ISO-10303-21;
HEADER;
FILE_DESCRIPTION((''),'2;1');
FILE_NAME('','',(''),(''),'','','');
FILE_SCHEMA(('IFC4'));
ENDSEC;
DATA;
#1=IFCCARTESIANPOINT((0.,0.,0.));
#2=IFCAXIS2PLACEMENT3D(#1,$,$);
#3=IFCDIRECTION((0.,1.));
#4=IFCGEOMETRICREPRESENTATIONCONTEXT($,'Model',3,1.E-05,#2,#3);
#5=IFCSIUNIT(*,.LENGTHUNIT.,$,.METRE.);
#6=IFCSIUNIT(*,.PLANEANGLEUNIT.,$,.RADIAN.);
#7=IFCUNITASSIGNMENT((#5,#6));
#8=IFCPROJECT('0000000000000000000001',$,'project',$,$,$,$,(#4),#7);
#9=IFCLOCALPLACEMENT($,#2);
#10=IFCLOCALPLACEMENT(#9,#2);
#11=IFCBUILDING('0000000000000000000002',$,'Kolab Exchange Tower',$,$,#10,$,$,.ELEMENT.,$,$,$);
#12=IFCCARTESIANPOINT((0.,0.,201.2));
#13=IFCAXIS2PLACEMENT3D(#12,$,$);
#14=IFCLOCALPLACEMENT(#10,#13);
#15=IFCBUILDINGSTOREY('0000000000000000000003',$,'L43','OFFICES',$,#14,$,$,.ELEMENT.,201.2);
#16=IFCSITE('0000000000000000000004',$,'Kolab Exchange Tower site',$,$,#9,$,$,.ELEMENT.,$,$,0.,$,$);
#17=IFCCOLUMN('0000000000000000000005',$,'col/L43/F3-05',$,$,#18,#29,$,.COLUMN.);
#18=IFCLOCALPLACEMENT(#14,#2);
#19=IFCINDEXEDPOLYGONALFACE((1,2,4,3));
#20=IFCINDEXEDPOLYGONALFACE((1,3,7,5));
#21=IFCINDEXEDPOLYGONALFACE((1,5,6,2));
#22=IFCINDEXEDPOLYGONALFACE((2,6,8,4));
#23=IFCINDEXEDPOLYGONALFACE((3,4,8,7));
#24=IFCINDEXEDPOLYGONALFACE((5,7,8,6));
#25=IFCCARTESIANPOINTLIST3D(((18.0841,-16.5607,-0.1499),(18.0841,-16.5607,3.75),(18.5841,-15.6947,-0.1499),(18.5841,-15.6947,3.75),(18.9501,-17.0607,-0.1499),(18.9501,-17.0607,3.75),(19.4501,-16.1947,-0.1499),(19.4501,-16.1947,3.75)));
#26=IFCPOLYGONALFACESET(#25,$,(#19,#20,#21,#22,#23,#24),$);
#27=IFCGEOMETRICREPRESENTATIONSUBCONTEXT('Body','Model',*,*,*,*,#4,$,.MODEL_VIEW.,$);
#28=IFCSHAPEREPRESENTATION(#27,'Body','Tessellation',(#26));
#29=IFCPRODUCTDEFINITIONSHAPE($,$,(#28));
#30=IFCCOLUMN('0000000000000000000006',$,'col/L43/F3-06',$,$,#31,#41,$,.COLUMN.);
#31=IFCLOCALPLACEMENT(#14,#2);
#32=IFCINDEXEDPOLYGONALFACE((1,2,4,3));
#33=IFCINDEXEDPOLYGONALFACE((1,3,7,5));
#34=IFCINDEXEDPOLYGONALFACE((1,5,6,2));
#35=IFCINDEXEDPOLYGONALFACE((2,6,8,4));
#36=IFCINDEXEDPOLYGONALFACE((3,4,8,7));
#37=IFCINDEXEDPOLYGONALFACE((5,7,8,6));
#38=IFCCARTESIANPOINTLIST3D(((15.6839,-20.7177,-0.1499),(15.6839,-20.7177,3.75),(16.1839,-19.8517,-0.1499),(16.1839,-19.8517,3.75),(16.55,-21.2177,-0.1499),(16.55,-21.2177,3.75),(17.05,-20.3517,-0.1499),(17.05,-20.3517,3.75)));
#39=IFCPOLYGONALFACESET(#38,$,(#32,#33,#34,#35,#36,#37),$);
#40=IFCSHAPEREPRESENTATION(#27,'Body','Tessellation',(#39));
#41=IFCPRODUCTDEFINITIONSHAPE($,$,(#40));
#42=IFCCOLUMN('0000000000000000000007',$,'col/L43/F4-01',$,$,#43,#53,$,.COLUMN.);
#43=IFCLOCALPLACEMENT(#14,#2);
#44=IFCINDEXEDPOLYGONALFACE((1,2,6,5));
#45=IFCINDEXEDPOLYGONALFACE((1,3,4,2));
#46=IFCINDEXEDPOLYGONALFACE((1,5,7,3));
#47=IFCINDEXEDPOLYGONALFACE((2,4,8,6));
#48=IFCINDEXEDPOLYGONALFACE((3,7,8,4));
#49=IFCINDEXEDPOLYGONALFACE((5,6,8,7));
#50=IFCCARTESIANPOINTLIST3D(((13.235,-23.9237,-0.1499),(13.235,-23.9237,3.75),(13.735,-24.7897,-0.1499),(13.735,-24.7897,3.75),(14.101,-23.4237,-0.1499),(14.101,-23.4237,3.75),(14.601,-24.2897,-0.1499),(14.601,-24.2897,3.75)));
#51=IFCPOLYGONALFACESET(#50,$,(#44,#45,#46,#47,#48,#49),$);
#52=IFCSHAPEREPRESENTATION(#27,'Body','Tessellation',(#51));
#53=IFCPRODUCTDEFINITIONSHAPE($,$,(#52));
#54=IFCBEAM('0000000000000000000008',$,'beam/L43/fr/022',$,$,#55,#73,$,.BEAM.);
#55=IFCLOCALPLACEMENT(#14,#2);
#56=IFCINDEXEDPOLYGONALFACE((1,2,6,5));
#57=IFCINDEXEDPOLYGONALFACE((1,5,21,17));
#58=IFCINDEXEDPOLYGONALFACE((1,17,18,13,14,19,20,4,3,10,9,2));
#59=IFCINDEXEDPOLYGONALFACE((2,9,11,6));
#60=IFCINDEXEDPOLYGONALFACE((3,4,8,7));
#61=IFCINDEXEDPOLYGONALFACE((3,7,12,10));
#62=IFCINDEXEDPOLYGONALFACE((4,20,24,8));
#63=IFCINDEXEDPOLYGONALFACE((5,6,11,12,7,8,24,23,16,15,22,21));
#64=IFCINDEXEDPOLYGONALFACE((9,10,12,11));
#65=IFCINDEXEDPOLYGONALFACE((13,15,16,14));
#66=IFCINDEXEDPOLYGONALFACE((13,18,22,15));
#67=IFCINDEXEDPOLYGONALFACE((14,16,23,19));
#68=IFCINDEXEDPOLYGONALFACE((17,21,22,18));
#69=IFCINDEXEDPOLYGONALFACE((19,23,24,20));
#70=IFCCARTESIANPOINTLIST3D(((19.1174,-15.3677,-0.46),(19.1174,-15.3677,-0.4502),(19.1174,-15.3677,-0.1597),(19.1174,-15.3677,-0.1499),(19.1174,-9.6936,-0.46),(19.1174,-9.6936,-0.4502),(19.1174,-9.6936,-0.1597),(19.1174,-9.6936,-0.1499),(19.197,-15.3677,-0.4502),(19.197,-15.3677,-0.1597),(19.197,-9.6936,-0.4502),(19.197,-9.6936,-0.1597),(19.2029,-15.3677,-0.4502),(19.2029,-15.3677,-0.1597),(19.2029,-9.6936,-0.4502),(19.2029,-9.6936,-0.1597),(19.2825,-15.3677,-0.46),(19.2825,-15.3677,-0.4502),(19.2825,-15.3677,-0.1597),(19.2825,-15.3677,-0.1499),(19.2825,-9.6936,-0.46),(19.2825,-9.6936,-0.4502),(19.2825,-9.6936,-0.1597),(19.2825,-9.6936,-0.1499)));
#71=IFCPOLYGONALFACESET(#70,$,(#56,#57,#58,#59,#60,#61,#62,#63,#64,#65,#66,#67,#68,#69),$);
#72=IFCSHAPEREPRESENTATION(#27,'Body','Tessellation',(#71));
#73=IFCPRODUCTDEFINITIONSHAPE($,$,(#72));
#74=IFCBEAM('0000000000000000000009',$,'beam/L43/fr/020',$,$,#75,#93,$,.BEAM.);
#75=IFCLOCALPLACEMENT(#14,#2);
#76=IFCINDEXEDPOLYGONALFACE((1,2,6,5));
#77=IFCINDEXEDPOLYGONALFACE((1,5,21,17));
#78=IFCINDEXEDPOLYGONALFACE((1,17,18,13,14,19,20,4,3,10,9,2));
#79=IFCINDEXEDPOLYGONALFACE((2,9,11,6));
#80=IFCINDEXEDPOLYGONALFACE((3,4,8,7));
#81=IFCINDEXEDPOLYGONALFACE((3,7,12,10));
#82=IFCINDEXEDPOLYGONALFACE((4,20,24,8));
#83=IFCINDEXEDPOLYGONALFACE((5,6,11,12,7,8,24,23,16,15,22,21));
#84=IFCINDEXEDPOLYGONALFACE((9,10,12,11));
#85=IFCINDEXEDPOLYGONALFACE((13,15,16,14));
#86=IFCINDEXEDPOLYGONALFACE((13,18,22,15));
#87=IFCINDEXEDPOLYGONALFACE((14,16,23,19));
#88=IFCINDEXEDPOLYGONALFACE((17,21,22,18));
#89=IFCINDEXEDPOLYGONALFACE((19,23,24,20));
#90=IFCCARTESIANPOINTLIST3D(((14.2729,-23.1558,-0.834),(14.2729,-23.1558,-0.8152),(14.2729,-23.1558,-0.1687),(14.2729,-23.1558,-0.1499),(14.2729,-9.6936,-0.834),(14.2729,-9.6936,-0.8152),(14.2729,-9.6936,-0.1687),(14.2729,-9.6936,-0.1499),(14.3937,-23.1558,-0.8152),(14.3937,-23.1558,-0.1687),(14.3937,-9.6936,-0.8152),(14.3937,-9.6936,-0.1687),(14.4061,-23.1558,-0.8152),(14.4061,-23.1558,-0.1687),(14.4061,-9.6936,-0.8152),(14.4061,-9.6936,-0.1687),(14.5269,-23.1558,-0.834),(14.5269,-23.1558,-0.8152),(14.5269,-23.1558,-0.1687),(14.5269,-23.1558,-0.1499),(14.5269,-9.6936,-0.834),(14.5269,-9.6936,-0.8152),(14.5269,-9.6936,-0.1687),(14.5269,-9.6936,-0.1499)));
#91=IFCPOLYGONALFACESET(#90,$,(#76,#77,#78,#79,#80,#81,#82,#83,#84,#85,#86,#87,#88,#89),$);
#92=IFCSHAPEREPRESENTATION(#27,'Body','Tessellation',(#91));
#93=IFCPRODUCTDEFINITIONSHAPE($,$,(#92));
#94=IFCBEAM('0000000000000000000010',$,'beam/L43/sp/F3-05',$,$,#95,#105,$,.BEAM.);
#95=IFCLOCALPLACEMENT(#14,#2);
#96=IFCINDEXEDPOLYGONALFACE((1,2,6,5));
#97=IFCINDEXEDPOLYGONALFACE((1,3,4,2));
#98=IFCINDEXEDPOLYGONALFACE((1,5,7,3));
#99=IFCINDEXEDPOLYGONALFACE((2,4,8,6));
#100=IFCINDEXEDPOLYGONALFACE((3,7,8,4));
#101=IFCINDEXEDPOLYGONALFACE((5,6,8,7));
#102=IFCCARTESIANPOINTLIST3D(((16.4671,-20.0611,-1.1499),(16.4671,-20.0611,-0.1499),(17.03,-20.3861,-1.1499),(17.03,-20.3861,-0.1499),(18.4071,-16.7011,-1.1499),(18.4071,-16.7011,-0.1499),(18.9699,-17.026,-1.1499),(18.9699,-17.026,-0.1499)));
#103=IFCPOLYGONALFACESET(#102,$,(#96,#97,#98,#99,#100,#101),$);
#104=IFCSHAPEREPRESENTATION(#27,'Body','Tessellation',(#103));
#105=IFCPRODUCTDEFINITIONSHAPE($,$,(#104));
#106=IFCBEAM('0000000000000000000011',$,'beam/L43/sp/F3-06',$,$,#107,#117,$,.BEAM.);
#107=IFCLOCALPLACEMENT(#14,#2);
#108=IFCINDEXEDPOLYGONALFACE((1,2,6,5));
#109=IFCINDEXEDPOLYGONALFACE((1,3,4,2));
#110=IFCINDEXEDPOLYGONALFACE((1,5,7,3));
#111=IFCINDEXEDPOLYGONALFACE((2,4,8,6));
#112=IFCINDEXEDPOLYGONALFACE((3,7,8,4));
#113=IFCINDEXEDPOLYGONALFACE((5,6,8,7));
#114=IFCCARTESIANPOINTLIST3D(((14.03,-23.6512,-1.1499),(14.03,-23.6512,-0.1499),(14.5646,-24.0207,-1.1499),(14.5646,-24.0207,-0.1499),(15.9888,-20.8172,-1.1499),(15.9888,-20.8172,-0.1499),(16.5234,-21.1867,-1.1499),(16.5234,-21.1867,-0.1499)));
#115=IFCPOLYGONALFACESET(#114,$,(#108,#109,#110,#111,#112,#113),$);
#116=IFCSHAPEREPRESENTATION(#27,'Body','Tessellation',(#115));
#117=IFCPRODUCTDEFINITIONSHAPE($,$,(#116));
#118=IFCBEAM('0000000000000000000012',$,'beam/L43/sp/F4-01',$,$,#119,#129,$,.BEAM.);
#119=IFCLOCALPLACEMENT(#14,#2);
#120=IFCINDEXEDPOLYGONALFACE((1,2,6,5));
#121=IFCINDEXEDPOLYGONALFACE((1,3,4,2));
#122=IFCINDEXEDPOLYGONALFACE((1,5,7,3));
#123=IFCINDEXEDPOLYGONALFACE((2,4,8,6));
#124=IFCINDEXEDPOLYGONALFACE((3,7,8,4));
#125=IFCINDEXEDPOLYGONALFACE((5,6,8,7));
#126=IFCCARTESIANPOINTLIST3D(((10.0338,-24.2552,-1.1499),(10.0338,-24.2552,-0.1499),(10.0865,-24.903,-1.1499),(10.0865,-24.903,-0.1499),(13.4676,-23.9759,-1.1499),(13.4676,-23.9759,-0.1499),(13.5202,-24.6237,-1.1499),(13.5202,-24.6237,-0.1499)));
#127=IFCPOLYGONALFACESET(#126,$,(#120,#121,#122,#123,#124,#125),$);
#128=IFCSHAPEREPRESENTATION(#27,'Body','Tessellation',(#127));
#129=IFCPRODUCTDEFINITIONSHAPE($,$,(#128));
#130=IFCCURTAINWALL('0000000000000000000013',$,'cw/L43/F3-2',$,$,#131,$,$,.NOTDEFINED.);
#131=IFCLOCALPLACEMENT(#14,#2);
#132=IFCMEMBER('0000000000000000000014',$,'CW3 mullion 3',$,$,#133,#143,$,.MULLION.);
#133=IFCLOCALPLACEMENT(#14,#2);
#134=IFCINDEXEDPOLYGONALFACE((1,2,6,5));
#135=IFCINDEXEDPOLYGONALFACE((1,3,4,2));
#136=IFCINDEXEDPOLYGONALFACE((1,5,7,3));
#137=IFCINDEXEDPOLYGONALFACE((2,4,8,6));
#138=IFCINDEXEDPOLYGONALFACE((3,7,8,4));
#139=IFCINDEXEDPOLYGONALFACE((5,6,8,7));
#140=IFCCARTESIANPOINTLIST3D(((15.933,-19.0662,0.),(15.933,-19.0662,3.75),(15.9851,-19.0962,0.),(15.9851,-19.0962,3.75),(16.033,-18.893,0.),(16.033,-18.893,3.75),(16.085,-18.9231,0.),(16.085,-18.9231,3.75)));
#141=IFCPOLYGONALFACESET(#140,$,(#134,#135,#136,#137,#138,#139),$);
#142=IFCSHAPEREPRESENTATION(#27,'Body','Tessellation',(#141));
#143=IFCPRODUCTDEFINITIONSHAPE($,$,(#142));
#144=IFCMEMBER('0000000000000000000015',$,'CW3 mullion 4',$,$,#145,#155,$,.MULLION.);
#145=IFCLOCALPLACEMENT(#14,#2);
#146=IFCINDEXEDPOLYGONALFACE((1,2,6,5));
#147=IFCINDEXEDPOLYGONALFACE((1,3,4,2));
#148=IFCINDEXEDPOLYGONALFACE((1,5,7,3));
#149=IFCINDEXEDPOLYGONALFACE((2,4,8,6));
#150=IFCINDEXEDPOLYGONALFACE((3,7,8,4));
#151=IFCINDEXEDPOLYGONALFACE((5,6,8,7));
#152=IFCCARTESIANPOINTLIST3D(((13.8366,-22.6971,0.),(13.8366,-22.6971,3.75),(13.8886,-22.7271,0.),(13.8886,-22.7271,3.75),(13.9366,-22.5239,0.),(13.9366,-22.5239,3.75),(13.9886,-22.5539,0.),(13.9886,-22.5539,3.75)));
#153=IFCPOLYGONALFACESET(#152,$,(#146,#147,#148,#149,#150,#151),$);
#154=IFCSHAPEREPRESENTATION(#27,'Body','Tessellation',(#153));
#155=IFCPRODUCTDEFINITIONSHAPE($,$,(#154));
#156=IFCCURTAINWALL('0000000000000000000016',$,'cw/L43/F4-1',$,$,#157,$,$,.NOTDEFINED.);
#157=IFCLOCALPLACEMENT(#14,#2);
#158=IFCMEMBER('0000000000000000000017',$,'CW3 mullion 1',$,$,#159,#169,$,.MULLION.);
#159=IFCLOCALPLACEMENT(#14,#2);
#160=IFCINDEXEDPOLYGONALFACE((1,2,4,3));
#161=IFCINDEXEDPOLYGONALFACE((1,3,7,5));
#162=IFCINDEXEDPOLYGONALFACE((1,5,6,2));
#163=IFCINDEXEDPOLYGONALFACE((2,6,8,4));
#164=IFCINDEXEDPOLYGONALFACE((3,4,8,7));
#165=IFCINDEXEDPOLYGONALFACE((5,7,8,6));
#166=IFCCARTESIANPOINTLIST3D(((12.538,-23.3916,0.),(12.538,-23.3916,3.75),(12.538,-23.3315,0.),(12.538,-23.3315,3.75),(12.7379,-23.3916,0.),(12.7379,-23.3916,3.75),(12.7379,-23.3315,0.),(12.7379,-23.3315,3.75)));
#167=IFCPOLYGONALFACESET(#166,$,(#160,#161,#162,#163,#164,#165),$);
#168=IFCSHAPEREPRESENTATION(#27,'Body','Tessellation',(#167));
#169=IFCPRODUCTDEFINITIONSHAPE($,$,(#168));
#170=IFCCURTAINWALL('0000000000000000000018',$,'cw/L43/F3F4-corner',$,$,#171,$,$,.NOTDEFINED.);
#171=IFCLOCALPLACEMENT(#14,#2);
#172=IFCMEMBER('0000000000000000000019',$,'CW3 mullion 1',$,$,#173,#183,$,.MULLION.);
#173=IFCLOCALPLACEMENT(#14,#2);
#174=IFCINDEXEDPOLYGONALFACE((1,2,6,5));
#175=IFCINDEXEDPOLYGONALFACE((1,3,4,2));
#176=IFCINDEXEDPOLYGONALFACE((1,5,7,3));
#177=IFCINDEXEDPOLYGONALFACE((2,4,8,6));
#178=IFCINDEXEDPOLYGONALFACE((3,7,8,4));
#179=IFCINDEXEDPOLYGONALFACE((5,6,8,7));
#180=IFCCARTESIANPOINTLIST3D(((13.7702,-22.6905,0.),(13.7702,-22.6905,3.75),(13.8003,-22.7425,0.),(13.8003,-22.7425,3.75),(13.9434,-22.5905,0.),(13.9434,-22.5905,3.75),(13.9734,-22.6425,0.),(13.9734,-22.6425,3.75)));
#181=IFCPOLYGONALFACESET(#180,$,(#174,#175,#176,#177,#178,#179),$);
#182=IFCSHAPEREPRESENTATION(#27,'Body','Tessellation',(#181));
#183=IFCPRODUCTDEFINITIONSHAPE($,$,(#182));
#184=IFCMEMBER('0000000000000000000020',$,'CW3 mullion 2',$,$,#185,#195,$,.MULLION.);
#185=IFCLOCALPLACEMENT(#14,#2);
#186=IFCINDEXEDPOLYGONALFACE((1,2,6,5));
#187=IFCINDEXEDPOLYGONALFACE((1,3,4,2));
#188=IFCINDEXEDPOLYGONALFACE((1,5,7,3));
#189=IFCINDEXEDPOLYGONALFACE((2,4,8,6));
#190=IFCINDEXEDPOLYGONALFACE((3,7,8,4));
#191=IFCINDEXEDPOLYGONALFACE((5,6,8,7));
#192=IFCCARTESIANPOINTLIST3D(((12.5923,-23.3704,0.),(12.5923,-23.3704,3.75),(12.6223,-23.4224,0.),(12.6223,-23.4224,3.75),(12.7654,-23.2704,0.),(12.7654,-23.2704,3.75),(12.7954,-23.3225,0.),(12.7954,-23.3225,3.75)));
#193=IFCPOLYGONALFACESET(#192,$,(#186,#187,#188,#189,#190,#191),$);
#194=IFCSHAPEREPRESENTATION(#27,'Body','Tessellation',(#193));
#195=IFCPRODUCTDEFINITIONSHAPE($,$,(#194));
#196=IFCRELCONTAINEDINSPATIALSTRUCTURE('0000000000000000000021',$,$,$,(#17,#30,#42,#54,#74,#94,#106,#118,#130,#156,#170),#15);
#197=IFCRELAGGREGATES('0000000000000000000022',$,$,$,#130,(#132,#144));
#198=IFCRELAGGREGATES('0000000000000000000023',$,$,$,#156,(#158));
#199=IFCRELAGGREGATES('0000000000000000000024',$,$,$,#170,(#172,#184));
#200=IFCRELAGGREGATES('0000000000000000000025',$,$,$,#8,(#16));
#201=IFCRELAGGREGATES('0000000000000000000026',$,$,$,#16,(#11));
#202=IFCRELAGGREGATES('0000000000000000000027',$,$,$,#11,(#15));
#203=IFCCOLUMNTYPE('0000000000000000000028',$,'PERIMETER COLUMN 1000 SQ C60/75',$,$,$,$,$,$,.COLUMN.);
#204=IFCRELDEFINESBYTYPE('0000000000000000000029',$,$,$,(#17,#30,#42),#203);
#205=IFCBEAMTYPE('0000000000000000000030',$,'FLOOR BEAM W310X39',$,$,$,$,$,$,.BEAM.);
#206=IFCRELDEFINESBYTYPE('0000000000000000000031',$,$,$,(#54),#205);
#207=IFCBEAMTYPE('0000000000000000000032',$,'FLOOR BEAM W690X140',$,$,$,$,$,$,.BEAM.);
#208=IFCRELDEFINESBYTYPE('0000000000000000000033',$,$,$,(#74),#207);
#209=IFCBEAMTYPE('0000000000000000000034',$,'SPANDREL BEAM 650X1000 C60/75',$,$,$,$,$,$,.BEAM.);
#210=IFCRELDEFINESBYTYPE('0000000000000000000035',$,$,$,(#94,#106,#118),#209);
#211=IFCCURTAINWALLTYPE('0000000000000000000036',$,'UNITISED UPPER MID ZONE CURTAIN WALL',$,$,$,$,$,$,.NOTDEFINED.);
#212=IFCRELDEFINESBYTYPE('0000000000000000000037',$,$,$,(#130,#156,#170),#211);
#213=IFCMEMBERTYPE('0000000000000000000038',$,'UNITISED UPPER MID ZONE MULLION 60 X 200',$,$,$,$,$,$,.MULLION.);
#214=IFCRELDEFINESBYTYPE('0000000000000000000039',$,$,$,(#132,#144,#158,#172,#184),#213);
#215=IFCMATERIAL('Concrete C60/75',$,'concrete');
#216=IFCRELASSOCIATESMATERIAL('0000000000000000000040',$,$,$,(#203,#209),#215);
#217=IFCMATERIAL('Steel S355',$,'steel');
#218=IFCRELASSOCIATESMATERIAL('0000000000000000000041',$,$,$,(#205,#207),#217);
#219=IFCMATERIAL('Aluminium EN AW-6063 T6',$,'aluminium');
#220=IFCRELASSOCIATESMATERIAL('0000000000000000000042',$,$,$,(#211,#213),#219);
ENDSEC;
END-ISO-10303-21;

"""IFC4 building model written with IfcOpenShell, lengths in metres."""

from ifc_helpers import new_model, si_unit, direction, frame, origin, origin_2d, place, context, subcontext, project, spatial, rectangle, i_section, extrude, material, material_profile, profile_set, type_object, element, aggregate, save


model = new_model("IFC4")

# Units and contexts
model_context = context("Model", 3, precision=1e-05, world=origin(), true_north=direction((0.0, 1.0)))
body_context = subcontext(model_context, "Body", "Model", "MODEL_VIEW")
ifc_project = project(units=[si_unit("LENGTHUNIT", "METRE"), si_unit("PLANEANGLEUNIT", "RADIAN")], contexts=[model_context])

# Site, building, storey
site_placement = place(None, origin())
site = spatial("IfcSite", under=ifc_project, at=site_placement, Name="Kolab Exchange Tower site", CompositionType="ELEMENT", RefElevation=0.0)
building_placement = place(site_placement, origin())
building = spatial("IfcBuilding", under=site, at=building_placement, Name="Kolab Exchange Tower", CompositionType="ELEMENT")
storey_placement = place(building_placement, frame((0.0, 0.0, 201.2)))
storey = spatial("IfcBuildingStorey", under=building, at=storey_placement, Name="L43", Description="OFFICES", CompositionType="ELEMENT", Elevation=201.2)

# Columns
ifc_material_1 = material(Name="Concrete C60/75", Category="concrete")
ifc_material_profile_1 = material_profile(ifc_material_1, rectangle(XDim=1.0, YDim=1.0, at=origin_2d()), Name="RC1000")
ifc_profile_set_1 = profile_set([ifc_material_profile_1], Name="Concrete C60/75")
column_type = type_object("IfcColumnType", Name="PERIMETER COLUMN 1000 SQ C60/75", PredefinedType="COLUMN", material=ifc_profile_set_1)
for number, where, z_axis, x_axis, name in (
    (1, (18.7671, -16.3777, -0.1499), (0.0, 0.0, 1.0), (0.5, 0.866025, 0.0), "col/L43/F3-05"),
    (2, (16.3669, -20.5347, -0.1499), (0.0, 0.0, 1.0), (0.5, 0.866025, 0.0), "col/L43/F3-06"),
    (3, (13.918, -24.1067, -0.1499), (0.0, 0.0, 1.0), (0.866025, 0.5, 0.0), "col/L43/F4-01"),
):
    element("IfcColumn", number, at=place(storey_placement, frame(where, z_axis=z_axis, x_axis=x_axis)), inside=storey, type_object=column_type, Name=name, PredefinedType="COLUMN", context=body_context, shape_type="SweptSolid", body=[
        extrude(rectangle(XDim=1.0, YDim=1.0, at=origin_2d()), origin(), (0.0, 0.0, 1.0), 3.8999),
    ])

# Beams
ifc_material_2 = material(Name="Steel S355", Category="steel")
ifc_material_profile_2 = material_profile(ifc_material_2, i_section(OverallWidth=0.165, OverallDepth=0.3101, WebThickness=0.0059, FlangeThickness=0.0098, at=origin_2d()), Name="W310X39")
ifc_profile_set_2 = profile_set([ifc_material_profile_2], Name="Steel S355")
beam_type_1 = type_object("IfcBeamType", Name="FLOOR BEAM W310X39", PredefinedType="BEAM", material=ifc_profile_set_2)
beam_1_placement = place(storey_placement, frame((19.2, -15.3677, -0.3049), z_axis=(0.0, 1.0, 0.0), x_axis=(-1.0, 0.0, 0.0)))
element("IfcBeam", 4, at=beam_1_placement, inside=storey, type_object=beam_type_1, Name="beam/L43/fr/022", PredefinedType="BEAM", context=body_context, shape_type="SweptSolid", body=[
    extrude(i_section(OverallWidth=0.165, OverallDepth=0.3101, WebThickness=0.0059, FlangeThickness=0.0098, at=origin_2d()), origin(), (0.0, 0.0, 1.0), 5.6741),
])
ifc_material_profile_3 = material_profile(ifc_material_2, i_section(OverallWidth=0.2539, OverallDepth=0.6841, WebThickness=0.0125, FlangeThickness=0.0188, at=origin_2d()), Name="W690X140")
ifc_profile_set_3 = profile_set([ifc_material_profile_3], Name="Steel S355")
beam_type_2 = type_object("IfcBeamType", Name="FLOOR BEAM W690X140", PredefinedType="BEAM", material=ifc_profile_set_3)
beam_2_placement = place(storey_placement, frame((14.3999, -23.1558, -0.4919), z_axis=(0.0, 1.0, 0.0), x_axis=(-1.0, 0.0, 0.0)))
element("IfcBeam", 5, at=beam_2_placement, inside=storey, type_object=beam_type_2, Name="beam/L43/fr/020", PredefinedType="BEAM", context=body_context, shape_type="SweptSolid", body=[
    extrude(i_section(OverallWidth=0.2539, OverallDepth=0.6841, WebThickness=0.0125, FlangeThickness=0.0188, at=origin_2d()), origin(), (0.0, 0.0, 1.0), 13.4622),
])
ifc_material_profile_4 = material_profile(ifc_material_1, rectangle(XDim=0.6499, YDim=1.0, at=origin_2d()), Name="RC650X1000")
ifc_profile_set_4 = profile_set([ifc_material_profile_4], Name="Concrete C60/75")
beam_type_3 = type_object("IfcBeamType", Name="SPANDREL BEAM 650X1000 C60/75", PredefinedType="BEAM", material=ifc_profile_set_4)
beam_3_placement = place(storey_placement, frame((18.6885, -16.8635, -0.6499), z_axis=(-0.499997, -0.866027, 0.0), x_axis=(0.866027, -0.499997, 0.0)))
element("IfcBeam", 6, at=beam_3_placement, inside=storey, type_object=beam_type_3, Name="beam/L43/sp/F3-05", PredefinedType="BEAM", context=body_context, shape_type="SweptSolid", body=[
    extrude(rectangle(XDim=0.6499, YDim=1.0, at=origin_2d()), origin(), (0.0, 0.0, 1.0), 3.8799),
])
for number, where, z_axis, x_axis, name in (
    (7, (16.2561, -21.002, -0.6499), (-0.568572, -0.822633, 0.0), (0.822633, -0.568572, 0.0), "beam/L43/sp/F3-06"),
    (8, (13.4939, -24.2998, -0.6499), (-0.996708, -0.081069, 0.0), (0.081069, -0.996708, 0.0), "beam/L43/sp/F4-01"),
):
    element("IfcBeam", number, at=place(storey_placement, frame(where, z_axis=z_axis, x_axis=x_axis)), inside=storey, type_object=beam_type_3, Name=name, PredefinedType="BEAM", context=body_context, shape_type="SweptSolid", body=[
        extrude(rectangle(XDim=0.6499, YDim=1.0, at=origin_2d()), origin(), (0.0, 0.0, 1.0), 3.4451),
    ])

# Curtain wall, members
ifc_material_3 = material(Name="Aluminium EN AW-6063 T6", Category="aluminium")
curtain_wall_type = type_object("IfcCurtainWallType", Name="UNITISED UPPER MID ZONE CURTAIN WALL", PredefinedType="NOTDEFINED", material=ifc_material_3)
curtain_wall_1_placement = place(storey_placement, origin())
curtain_wall_1 = element("IfcCurtainWall", 9, at=curtain_wall_1_placement, inside=storey, type_object=curtain_wall_type, Name="cw/L43/F3-2", PredefinedType="NOTDEFINED")
ifc_material_profile_5 = material_profile(ifc_material_3, rectangle(XDim=0.0601, YDim=0.2, at=origin_2d()), Name="RECT 60X200")
ifc_profile_set_5 = profile_set([ifc_material_profile_5], Name="Aluminium EN AW-6063 T6")
member_type_1 = type_object("IfcMemberType", Name="UNITISED UPPER MID ZONE MULLION 60 X 200", PredefinedType="MULLION", material=ifc_profile_set_5)
member_1_placement = place(storey_placement, frame((16.009, -18.9946, 0.0), z_axis=(0.0, 0.0, 1.0), x_axis=(0.866025, -0.5, 0.0)))
member_1 = element("IfcMember", 10, at=member_1_placement, type_object=member_type_1, Name="CW3 mullion 3", PredefinedType="MULLION", context=body_context, shape_type="SweptSolid", body=[
    extrude(rectangle(XDim=0.0601, YDim=0.2, at=origin_2d()), origin(), (0.0, 0.0, 1.0), 3.75),
])
member_2_placement = place(storey_placement, frame((13.9126, -22.6255, 0.0), z_axis=(0.0, 0.0, 1.0), x_axis=(0.866025, -0.5, 0.0)))
member_2 = element("IfcMember", 11, at=member_2_placement, type_object=member_type_1, Name="CW3 mullion 4", PredefinedType="MULLION", context=body_context, shape_type="SweptSolid", body=[
    extrude(rectangle(XDim=0.0601, YDim=0.2, at=origin_2d()), origin(), (0.0, 0.0, 1.0), 3.75),
])

# Curtain wall, member
curtain_wall_2_placement = place(storey_placement, origin())
curtain_wall_2 = element("IfcCurtainWall", 12, at=curtain_wall_2_placement, inside=storey, type_object=curtain_wall_type, Name="cw/L43/F4-1", PredefinedType="NOTDEFINED")
member_3_placement = place(storey_placement, frame((12.6379, -23.3616, 0.0), z_axis=(0.0, 0.0, 1.0), x_axis=(0.0, -1.0, 0.0)))
member_3 = element("IfcMember", 13, at=member_3_placement, type_object=member_type_1, Name="CW3 mullion 1", PredefinedType="MULLION", context=body_context, shape_type="SweptSolid", body=[
    extrude(rectangle(XDim=0.0601, YDim=0.2, at=origin_2d()), origin(), (0.0, 0.0, 1.0), 3.75),
])

# Curtain wall, members
curtain_wall_3_placement = place(storey_placement, origin())
curtain_wall_3 = element("IfcCurtainWall", 14, at=curtain_wall_3_placement, inside=storey, type_object=curtain_wall_type, Name="cw/L43/F3F4-corner", PredefinedType="NOTDEFINED")
member_4_placement = place(storey_placement, frame((13.8718, -22.6665, 0.0), z_axis=(0.0, 0.0, 1.0), x_axis=(0.5, -0.866025, 0.0)))
member_4 = element("IfcMember", 15, at=member_4_placement, type_object=member_type_1, Name="CW3 mullion 1", PredefinedType="MULLION", context=body_context, shape_type="SweptSolid", body=[
    extrude(rectangle(XDim=0.0601, YDim=0.2, at=origin_2d()), origin(), (0.0, 0.0, 1.0), 3.75),
])
member_5_placement = place(storey_placement, frame((12.6938, -23.3464, 0.0), z_axis=(0.0, 0.0, 1.0), x_axis=(0.5, -0.866025, 0.0)))
member_5 = element("IfcMember", 16, at=member_5_placement, type_object=member_type_1, Name="CW3 mullion 2", PredefinedType="MULLION", context=body_context, shape_type="SweptSolid", body=[
    extrude(rectangle(XDim=0.0601, YDim=0.2, at=origin_2d()), origin(), (0.0, 0.0, 1.0), 3.75),
])

aggregate(curtain_wall_1, [member_1, member_2])
aggregate(curtain_wall_2, [member_3])
aggregate(curtain_wall_3, [member_4, member_5])

save(model, "model.ifc")
